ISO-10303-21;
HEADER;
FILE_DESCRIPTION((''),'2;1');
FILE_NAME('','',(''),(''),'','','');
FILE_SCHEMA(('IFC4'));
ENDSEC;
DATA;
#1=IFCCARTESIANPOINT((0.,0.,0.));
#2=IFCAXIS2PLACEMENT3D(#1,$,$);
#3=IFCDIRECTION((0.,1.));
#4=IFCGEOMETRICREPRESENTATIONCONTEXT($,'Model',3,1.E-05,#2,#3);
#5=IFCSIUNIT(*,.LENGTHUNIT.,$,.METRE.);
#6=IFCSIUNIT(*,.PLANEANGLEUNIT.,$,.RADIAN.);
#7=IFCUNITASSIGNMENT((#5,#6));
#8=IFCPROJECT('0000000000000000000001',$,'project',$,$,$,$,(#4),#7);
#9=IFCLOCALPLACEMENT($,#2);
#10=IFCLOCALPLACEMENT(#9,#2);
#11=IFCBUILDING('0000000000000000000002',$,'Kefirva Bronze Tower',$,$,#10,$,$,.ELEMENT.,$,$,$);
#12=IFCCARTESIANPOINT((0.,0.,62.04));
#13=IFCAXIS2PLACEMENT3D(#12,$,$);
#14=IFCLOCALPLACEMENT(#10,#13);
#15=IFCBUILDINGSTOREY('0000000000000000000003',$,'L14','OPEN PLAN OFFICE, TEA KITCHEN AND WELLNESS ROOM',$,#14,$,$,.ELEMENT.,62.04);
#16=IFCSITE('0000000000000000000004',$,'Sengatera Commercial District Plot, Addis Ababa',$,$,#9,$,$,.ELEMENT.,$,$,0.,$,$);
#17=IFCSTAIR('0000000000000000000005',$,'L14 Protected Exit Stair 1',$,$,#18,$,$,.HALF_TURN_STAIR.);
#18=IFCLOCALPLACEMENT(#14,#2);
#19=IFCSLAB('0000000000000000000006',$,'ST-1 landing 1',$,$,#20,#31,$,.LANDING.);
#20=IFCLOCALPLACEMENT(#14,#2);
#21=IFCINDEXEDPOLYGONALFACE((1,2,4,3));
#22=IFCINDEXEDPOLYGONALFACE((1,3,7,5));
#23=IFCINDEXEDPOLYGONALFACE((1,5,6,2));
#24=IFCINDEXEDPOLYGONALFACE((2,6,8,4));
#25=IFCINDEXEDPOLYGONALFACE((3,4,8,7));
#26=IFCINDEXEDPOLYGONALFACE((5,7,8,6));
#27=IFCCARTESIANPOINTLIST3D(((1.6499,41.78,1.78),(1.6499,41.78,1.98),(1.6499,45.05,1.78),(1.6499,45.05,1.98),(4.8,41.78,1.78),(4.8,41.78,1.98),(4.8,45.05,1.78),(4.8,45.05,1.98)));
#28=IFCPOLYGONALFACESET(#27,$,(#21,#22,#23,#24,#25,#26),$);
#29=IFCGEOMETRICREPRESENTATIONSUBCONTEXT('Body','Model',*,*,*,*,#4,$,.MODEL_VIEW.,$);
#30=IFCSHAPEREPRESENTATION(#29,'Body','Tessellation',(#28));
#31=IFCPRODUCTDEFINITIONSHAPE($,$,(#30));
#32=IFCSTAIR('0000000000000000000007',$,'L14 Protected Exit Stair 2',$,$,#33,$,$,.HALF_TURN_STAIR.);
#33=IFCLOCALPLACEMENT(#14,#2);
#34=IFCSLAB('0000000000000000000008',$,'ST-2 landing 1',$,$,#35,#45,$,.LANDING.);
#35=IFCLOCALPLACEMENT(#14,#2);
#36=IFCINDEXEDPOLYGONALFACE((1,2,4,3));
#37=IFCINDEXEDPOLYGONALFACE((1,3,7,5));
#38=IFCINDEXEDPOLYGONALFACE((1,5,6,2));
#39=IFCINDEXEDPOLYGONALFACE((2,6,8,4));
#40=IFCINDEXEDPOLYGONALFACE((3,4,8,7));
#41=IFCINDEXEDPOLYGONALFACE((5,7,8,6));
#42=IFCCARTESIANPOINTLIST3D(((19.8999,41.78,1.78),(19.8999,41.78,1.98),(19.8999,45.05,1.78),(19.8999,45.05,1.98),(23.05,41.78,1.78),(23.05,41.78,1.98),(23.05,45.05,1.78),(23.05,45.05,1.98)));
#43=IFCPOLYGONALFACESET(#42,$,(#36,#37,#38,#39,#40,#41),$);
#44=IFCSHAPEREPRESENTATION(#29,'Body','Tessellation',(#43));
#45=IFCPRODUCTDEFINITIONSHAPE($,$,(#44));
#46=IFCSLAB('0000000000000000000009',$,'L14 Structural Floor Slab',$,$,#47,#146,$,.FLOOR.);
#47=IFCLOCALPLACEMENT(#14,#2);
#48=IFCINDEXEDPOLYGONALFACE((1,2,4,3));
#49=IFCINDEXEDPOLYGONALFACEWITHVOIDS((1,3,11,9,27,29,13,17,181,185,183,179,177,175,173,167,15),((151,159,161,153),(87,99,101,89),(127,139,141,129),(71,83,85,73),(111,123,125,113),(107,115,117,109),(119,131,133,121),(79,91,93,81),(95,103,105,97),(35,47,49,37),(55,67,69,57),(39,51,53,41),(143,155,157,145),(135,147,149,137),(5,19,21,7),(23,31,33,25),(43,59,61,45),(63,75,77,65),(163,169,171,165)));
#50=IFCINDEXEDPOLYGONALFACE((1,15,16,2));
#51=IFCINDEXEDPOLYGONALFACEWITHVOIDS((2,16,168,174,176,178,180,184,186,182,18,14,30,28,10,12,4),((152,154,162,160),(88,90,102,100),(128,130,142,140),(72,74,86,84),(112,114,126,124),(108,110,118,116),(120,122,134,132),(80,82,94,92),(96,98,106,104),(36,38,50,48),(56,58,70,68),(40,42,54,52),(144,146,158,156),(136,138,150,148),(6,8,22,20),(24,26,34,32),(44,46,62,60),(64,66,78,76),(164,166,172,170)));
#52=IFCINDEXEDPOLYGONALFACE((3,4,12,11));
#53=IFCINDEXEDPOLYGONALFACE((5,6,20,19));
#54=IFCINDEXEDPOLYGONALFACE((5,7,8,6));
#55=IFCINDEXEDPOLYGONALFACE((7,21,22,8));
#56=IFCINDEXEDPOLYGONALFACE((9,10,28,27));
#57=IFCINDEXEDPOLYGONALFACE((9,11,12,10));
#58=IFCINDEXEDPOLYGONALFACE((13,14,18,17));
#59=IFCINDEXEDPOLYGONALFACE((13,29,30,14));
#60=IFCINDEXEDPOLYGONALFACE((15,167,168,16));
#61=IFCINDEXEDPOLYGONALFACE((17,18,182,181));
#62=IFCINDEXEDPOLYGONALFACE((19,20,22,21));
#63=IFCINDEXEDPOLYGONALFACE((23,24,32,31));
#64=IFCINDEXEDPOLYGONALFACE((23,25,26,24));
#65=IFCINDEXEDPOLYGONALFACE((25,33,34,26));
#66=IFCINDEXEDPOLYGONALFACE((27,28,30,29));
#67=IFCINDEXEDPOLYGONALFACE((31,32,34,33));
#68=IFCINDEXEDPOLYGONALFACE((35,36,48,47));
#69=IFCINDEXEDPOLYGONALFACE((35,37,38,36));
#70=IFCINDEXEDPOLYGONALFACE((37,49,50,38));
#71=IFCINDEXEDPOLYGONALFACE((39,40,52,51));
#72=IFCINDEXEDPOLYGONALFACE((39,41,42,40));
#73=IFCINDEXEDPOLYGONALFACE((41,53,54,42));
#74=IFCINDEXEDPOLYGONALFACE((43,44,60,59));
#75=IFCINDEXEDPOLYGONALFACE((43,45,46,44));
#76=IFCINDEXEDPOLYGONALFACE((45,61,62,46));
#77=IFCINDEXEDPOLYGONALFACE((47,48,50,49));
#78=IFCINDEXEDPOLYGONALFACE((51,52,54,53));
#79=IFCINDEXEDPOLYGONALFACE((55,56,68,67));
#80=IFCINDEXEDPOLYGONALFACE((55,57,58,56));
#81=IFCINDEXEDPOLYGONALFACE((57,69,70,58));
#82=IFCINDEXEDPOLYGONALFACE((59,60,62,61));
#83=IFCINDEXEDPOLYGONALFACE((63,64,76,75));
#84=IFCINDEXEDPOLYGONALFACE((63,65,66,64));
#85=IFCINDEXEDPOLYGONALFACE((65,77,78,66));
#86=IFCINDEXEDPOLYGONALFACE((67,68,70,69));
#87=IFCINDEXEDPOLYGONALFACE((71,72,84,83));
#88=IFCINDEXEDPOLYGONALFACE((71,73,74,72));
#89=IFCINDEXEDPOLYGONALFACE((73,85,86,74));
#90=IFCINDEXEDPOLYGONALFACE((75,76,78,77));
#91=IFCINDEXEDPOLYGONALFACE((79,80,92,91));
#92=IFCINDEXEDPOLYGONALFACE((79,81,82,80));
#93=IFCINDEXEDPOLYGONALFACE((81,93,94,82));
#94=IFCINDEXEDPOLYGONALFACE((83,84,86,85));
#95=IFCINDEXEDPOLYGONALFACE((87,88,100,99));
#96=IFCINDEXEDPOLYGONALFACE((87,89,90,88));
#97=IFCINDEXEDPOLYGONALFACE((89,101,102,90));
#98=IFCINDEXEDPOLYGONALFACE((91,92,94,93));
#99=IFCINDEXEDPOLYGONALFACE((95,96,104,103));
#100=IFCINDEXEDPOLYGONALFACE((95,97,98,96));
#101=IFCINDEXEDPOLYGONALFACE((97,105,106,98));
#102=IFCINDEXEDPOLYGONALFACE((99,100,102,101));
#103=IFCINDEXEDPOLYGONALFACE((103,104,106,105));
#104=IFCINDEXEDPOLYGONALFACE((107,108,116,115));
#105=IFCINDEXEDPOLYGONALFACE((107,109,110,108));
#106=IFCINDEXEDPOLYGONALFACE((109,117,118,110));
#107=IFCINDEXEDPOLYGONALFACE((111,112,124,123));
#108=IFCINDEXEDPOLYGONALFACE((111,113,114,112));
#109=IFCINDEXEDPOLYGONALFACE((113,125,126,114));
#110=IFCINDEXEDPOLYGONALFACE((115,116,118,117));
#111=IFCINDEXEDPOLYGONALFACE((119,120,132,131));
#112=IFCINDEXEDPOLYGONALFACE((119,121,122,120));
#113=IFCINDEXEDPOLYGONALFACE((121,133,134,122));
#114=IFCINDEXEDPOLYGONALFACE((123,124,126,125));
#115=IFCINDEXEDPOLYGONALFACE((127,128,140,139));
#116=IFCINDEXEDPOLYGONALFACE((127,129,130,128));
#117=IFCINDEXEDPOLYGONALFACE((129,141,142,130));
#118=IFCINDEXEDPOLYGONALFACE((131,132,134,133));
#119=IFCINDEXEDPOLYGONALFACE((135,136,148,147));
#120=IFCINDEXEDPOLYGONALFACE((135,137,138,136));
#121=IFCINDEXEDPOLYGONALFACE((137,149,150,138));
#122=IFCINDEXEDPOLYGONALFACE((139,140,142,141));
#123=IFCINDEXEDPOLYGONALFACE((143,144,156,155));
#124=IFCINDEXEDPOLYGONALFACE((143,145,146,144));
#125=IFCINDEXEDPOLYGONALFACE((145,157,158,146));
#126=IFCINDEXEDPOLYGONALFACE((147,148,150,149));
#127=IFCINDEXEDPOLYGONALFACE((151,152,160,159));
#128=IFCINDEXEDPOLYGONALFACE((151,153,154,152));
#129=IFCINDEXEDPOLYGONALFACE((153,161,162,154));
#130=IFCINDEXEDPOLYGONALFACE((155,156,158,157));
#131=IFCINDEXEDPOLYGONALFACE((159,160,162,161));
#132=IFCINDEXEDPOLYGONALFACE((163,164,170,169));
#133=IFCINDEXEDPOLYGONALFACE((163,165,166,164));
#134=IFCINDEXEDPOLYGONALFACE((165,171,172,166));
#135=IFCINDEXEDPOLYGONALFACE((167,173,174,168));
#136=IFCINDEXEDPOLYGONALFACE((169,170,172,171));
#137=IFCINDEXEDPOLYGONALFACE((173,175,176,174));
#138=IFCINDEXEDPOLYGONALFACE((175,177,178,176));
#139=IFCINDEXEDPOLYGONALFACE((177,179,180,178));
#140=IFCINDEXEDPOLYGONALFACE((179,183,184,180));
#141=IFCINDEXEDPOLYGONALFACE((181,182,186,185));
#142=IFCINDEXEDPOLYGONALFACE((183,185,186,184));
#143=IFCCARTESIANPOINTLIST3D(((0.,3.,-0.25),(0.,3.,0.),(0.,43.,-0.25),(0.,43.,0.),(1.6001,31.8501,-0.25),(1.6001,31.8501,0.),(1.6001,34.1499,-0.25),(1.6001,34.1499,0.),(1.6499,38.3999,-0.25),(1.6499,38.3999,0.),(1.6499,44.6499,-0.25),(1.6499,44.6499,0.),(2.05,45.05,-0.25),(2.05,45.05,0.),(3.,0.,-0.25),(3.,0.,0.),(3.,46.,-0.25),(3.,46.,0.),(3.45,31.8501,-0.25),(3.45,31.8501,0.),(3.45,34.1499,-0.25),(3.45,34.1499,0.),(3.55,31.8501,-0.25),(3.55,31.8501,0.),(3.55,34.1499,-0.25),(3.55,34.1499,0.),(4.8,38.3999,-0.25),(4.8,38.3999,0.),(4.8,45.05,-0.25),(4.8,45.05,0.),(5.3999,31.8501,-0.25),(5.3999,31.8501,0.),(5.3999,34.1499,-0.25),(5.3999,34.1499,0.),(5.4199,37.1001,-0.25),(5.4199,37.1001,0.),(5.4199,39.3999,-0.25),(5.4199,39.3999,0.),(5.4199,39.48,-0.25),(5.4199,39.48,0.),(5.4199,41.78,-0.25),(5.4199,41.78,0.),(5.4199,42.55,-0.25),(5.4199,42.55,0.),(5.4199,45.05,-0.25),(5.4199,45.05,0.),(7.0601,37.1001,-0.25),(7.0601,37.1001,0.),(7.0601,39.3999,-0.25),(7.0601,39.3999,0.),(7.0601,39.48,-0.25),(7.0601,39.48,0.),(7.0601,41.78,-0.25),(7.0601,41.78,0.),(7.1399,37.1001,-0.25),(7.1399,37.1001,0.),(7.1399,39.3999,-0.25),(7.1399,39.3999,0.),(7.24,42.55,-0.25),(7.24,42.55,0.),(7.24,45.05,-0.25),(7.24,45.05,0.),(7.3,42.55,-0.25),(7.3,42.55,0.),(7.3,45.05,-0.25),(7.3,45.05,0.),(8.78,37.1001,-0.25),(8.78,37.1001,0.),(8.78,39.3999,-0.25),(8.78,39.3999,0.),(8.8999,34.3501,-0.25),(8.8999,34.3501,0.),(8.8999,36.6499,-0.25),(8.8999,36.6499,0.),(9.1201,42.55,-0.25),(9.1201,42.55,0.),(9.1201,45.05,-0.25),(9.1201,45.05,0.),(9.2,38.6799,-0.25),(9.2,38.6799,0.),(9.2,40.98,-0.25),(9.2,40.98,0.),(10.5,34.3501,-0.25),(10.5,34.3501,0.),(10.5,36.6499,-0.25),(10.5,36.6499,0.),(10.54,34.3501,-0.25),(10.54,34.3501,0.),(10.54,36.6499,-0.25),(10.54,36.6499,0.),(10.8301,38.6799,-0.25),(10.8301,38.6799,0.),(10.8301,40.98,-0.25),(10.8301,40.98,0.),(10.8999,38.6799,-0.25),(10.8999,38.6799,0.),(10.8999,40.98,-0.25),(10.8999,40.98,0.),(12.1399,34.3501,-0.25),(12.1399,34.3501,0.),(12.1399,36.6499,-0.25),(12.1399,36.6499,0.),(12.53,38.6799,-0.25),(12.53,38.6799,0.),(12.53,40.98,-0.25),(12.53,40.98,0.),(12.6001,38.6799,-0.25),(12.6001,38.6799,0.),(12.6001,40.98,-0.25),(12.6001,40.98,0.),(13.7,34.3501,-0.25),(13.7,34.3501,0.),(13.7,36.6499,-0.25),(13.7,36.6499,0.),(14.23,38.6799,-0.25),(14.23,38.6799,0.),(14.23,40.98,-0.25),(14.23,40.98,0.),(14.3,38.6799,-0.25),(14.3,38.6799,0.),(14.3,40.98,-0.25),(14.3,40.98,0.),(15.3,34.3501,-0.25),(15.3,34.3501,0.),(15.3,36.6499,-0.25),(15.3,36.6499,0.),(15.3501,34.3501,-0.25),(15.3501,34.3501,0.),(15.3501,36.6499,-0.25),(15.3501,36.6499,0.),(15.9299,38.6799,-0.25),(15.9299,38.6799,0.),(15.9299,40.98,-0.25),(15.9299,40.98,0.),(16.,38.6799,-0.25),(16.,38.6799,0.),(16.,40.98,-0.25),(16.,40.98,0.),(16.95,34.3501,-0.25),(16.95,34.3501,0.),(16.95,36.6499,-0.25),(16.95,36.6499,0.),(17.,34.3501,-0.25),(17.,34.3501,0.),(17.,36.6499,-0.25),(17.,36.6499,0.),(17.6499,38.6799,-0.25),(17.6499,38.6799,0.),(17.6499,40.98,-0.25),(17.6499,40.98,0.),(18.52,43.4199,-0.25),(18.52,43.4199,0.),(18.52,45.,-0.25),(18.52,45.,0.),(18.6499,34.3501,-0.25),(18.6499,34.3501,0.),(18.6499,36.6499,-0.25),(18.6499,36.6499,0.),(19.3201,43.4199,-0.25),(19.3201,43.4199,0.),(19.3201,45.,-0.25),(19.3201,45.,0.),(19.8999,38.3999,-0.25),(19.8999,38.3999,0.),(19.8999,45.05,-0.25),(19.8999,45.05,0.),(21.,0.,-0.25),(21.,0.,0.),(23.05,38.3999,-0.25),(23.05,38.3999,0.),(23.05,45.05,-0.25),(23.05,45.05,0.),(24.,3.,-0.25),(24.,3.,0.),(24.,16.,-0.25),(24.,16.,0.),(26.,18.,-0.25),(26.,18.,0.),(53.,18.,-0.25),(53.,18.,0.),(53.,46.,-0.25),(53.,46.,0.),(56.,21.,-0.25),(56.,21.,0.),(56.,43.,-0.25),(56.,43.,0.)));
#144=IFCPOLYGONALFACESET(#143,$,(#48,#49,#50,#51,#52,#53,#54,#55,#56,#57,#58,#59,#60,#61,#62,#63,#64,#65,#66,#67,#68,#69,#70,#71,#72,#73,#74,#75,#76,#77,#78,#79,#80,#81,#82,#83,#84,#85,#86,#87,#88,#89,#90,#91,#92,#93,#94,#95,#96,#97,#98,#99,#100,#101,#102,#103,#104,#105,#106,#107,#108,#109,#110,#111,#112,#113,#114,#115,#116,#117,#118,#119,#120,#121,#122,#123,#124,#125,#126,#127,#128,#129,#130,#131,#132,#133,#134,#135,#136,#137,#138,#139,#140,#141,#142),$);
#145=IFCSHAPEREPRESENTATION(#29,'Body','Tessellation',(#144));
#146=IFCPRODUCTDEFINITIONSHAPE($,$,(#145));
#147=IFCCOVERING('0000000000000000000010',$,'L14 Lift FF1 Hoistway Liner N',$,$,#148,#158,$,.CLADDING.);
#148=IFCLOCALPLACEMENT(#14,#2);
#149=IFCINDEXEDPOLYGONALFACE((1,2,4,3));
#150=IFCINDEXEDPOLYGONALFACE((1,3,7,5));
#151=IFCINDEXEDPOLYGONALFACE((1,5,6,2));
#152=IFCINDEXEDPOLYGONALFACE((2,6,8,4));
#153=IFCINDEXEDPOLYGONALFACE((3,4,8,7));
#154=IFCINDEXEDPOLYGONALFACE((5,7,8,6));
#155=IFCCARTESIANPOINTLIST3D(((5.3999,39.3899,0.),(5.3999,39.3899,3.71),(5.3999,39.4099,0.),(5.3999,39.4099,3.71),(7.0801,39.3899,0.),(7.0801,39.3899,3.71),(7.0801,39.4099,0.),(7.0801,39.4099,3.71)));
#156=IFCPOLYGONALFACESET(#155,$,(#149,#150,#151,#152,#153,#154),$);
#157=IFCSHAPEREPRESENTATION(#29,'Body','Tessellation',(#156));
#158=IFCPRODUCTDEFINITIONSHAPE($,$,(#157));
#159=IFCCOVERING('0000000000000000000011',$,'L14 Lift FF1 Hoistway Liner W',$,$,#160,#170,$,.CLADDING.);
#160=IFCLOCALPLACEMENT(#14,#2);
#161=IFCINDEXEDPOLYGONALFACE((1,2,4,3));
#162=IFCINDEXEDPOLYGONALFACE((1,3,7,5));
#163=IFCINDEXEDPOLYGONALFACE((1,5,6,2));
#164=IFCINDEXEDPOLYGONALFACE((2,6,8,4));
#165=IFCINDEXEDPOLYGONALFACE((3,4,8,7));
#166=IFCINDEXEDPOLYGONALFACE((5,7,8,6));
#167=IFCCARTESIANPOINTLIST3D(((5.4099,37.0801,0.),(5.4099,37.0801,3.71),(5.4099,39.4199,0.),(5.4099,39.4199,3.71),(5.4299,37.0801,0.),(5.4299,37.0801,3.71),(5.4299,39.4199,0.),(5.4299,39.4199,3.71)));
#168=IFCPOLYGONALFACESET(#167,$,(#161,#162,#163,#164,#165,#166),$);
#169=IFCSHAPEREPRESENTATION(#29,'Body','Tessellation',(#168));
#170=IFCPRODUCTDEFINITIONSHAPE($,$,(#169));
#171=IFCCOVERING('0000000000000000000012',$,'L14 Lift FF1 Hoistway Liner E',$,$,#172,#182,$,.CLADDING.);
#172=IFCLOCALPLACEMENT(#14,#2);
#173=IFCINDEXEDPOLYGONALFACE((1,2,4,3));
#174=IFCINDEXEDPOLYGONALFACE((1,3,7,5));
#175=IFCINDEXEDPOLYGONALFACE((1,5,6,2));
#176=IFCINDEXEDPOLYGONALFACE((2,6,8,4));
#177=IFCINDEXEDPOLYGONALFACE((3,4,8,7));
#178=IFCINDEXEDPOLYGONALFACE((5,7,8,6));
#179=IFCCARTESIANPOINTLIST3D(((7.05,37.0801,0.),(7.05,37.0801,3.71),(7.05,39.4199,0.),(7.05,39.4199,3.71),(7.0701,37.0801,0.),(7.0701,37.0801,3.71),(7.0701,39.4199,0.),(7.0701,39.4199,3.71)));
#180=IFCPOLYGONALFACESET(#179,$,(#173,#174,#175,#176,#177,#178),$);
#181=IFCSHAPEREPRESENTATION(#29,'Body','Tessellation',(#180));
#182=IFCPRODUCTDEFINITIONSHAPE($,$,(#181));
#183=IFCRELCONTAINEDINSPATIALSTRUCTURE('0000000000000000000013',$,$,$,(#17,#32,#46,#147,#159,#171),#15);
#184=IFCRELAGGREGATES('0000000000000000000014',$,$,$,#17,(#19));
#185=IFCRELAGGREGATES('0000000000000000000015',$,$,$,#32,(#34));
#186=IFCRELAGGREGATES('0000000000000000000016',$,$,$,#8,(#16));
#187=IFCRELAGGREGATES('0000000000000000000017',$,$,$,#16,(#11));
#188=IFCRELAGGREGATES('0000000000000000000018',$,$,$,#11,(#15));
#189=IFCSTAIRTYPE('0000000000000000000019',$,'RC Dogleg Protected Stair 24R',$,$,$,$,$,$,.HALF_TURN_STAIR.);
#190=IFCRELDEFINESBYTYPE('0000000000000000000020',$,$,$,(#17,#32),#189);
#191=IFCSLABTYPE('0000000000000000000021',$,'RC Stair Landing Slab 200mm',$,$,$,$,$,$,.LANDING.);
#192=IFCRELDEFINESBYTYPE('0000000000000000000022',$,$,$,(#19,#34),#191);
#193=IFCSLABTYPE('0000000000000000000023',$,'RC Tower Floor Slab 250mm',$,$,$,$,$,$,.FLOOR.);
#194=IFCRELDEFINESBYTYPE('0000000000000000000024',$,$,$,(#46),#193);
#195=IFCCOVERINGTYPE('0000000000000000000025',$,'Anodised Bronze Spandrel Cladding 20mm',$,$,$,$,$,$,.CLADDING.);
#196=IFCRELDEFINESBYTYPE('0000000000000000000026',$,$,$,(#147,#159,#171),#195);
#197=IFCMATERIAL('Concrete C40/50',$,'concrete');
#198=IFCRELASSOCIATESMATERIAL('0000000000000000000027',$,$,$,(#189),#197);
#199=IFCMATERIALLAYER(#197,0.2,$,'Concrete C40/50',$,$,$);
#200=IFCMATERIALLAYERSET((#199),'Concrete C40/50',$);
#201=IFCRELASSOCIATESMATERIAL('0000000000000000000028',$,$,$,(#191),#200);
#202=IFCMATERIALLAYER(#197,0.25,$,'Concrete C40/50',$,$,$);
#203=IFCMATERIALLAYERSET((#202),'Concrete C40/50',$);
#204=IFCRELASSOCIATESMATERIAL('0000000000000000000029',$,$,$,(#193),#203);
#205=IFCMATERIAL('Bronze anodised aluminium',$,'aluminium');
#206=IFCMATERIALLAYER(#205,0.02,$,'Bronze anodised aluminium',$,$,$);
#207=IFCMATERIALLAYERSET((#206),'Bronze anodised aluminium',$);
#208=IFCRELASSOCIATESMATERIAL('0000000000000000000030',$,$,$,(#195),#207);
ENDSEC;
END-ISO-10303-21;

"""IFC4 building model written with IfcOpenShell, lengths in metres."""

from ifc_helpers import new_model, si_unit, direction, frame, origin, place, context, subcontext, project, spatial, polyline, outline, extrude, material, layer, layer_set, type_object, element, aggregate, save


model = new_model("IFC4")

# Units and contexts
model_context = context("Model", 3, precision=1e-05, world=origin(), true_north=direction((0.0, 1.0)))
body_context = subcontext(model_context, "Body", "Model", "MODEL_VIEW")
ifc_project = project(units=[si_unit("LENGTHUNIT", "METRE"), si_unit("PLANEANGLEUNIT", "RADIAN")], contexts=[model_context])

# Site, building, storey
site_placement = place(None, origin())
site = spatial("IfcSite", under=ifc_project, at=site_placement, Name="Sengatera Commercial District Plot, Addis Ababa", CompositionType="ELEMENT", RefElevation=0.0)
building_placement = place(site_placement, origin())
building = spatial("IfcBuilding", under=site, at=building_placement, Name="Kefirva Bronze Tower", CompositionType="ELEMENT")
storey_placement = place(building_placement, frame((0.0, 0.0, 62.04)))
storey = spatial("IfcBuildingStorey", under=building, at=storey_placement, Name="L14", Description="OPEN PLAN OFFICE, TEA KITCHEN AND WELLNESS ROOM", CompositionType="ELEMENT", Elevation=62.04)

# Stairs, slabs
ifc_material_1 = material(Name="Concrete C40/50", Category="concrete")
stair_type = type_object("IfcStairType", Name="RC Dogleg Protected Stair 24R", PredefinedType="HALF_TURN_STAIR", material=ifc_material_1)
stair_1_placement = place(storey_placement, origin())
stair_1 = element("IfcStair", 1, at=stair_1_placement, inside=storey, type_object=stair_type, Name="L14 Protected Exit Stair 1", PredefinedType="HALF_TURN_STAIR")
ifc_layer_1 = layer(ifc_material_1, 0.2, Name="Concrete C40/50")
ifc_layer_set_1 = layer_set([ifc_layer_1], Name="Concrete C40/50")
slab_type_1 = type_object("IfcSlabType", Name="RC Stair Landing Slab 200mm", PredefinedType="LANDING", material=ifc_layer_set_1)
slab_1_placement = place(storey_placement, frame((0.0, 0.0, 1.78)))
slab_1 = element("IfcSlab", 2, at=slab_1_placement, type_object=slab_type_1, Name="ST-1 landing 1", PredefinedType="LANDING", context=body_context, shape_type="SweptSolid", body=[
    extrude(outline(polyline([(4.8, 41.78), (4.8, 45.05), (1.6499, 45.05), (1.6499, 41.78), (4.8, 41.78)])), origin(), (0.0, 0.0, 1.0), 0.2),
])
aggregate(stair_1, [slab_1])
stair_2_placement = place(storey_placement, origin())
stair_2 = element("IfcStair", 3, at=stair_2_placement, inside=storey, type_object=stair_type, Name="L14 Protected Exit Stair 2", PredefinedType="HALF_TURN_STAIR")
slab_2_placement = place(storey_placement, frame((0.0, 0.0, 1.78)))
slab_2 = element("IfcSlab", 4, at=slab_2_placement, type_object=slab_type_1, Name="ST-2 landing 1", PredefinedType="LANDING", context=body_context, shape_type="SweptSolid", body=[
    extrude(outline(polyline([(23.05, 41.78), (23.05, 45.05), (19.8999, 45.05), (19.8999, 41.78), (23.05, 41.78)])), origin(), (0.0, 0.0, 1.0), 0.2),
])
aggregate(stair_2, [slab_2])

# Slab
ifc_layer_2 = layer(ifc_material_1, 0.25, Name="Concrete C40/50")
ifc_layer_set_2 = layer_set([ifc_layer_2], Name="Concrete C40/50")
slab_type_2 = type_object("IfcSlabType", Name="RC Tower Floor Slab 250mm", PredefinedType="FLOOR", material=ifc_layer_set_2)
slab_3_placement = place(storey_placement, frame((0.0, 0.0, -0.25)))
element("IfcSlab", 5, at=slab_3_placement, inside=storey, type_object=slab_type_2, Name="L14 Structural Floor Slab", PredefinedType="FLOOR", context=body_context, shape_type="SweptSolid", body=[
    extrude(outline(polyline([(0.0, 3.0), (0.0, 43.0), (1.6499, 44.6499), (1.6499, 38.3999), (4.8, 38.3999), (4.8, 45.05), (2.05, 45.05), (3.0, 46.0), (53.0, 46.0), (56.0, 43.0), (56.0, 21.0), (53.0, 18.0), (26.0, 18.0), (24.0, 16.0), (24.0, 3.0), (21.0, 0.0), (3.0, 0.0), (0.0, 3.0)]), holes=[polyline([(19.8999, 38.3999), (23.05, 38.3999), (23.05, 45.05), (19.8999, 45.05), (19.8999, 38.3999)]), polyline([(18.52, 43.4199), (19.3201, 43.4199), (19.3201, 45.0), (18.52, 45.0), (18.52, 43.4199)]), polyline([(17.0, 34.3501), (18.6499, 34.3501), (18.6499, 36.6499), (17.0, 36.6499), (17.0, 34.3501)]), polyline([(17.6499, 38.6799), (17.6499, 40.98), (16.0, 40.98), (16.0, 38.6799), (17.6499, 38.6799)]), polyline([(16.95, 34.3501), (16.95, 36.6499), (15.3501, 36.6499), (15.3501, 34.3501), (16.95, 34.3501)]), polyline([(15.9299, 38.6799), (15.9299, 40.98), (14.3, 40.98), (14.3, 38.6799), (15.9299, 38.6799)]), polyline([(15.3, 34.3501), (15.3, 36.6499), (13.7, 36.6499), (13.7, 34.3501), (15.3, 34.3501)]), polyline([(14.23, 38.6799), (14.23, 40.98), (12.6001, 40.98), (12.6001, 38.6799), (14.23, 38.6799)]), polyline([(10.8999, 38.6799), (12.53, 38.6799), (12.53, 40.98), (10.8999, 40.98), (10.8999, 38.6799)]), polyline([(12.1399, 34.3501), (12.1399, 36.6499), (10.54, 36.6499), (10.54, 34.3501), (12.1399, 34.3501)]), polyline([(10.8301, 38.6799), (10.8301, 40.98), (9.2, 40.98), (9.2, 38.6799), (10.8301, 38.6799)]), polyline([(10.5, 34.3501), (10.5, 36.6499), (8.8999, 36.6499), (8.8999, 34.3501), (10.5, 34.3501)]), polyline([(7.3, 42.55), (9.1201, 42.55), (9.1201, 45.05), (7.3, 45.05), (7.3, 42.55)]), polyline([(7.1399, 37.1001), (8.78, 37.1001), (8.78, 39.3999), (7.1399, 39.3999), (7.1399, 37.1001)]), polyline([(5.4199, 42.55), (7.24, 42.55), (7.24, 45.05), (5.4199, 45.05), (5.4199, 42.55)]), polyline([(7.0601, 39.48), (7.0601, 41.78), (5.4199, 41.78), (5.4199, 39.48), (7.0601, 39.48)]), polyline([(5.4199, 37.1001), (7.0601, 37.1001), (7.0601, 39.3999), (5.4199, 39.3999), (5.4199, 37.1001)]), polyline([(5.3999, 31.8501), (5.3999, 34.1499), (3.55, 34.1499), (3.55, 31.8501), (5.3999, 31.8501)]), polyline([(3.45, 31.8501), (3.45, 34.1499), (1.6001, 34.1499), (1.6001, 31.8501), (3.45, 31.8501)])]), origin(), (0.0, 0.0, 1.0), 0.25),
])

# Coverings
ifc_material_2 = material(Name="Bronze anodised aluminium", Category="aluminium")
ifc_layer_3 = layer(ifc_material_2, 0.02, Name="Bronze anodised aluminium")
ifc_layer_set_3 = layer_set([ifc_layer_3], Name="Bronze anodised aluminium")
covering_type = type_object("IfcCoveringType", Name="Anodised Bronze Spandrel Cladding 20mm", PredefinedType="CLADDING", material=ifc_layer_set_3)
covering_1_placement = place(storey_placement, origin())
element("IfcCovering", 6, at=covering_1_placement, inside=storey, type_object=covering_type, Name="L14 Lift FF1 Hoistway Liner N", PredefinedType="CLADDING", context=body_context, shape_type="SweptSolid", body=[
    extrude(outline(polyline([(5.3999, 39.3899), (7.0801, 39.3899), (7.0801, 39.4099), (5.3999, 39.4099), (5.3999, 39.3899)])), origin(), (0.0, 0.0, 1.0), 3.71),
])
covering_2_placement = place(storey_placement, origin())
element("IfcCovering", 7, at=covering_2_placement, inside=storey, type_object=covering_type, Name="L14 Lift FF1 Hoistway Liner W", PredefinedType="CLADDING", context=body_context, shape_type="SweptSolid", body=[
    extrude(outline(polyline([(5.4099, 37.0801), (5.4299, 37.0801), (5.4299, 39.4199), (5.4099, 39.4199), (5.4099, 37.0801)])), origin(), (0.0, 0.0, 1.0), 3.71),
])
covering_3_placement = place(storey_placement, origin())
element("IfcCovering", 8, at=covering_3_placement, inside=storey, type_object=covering_type, Name="L14 Lift FF1 Hoistway Liner E", PredefinedType="CLADDING", context=body_context, shape_type="SweptSolid", body=[
    extrude(outline(polyline([(7.05, 37.0801), (7.0701, 37.0801), (7.0701, 39.4199), (7.05, 39.4199), (7.05, 37.0801)])), origin(), (0.0, 0.0, 1.0), 3.71),
])

save(model, "model.ifc")
